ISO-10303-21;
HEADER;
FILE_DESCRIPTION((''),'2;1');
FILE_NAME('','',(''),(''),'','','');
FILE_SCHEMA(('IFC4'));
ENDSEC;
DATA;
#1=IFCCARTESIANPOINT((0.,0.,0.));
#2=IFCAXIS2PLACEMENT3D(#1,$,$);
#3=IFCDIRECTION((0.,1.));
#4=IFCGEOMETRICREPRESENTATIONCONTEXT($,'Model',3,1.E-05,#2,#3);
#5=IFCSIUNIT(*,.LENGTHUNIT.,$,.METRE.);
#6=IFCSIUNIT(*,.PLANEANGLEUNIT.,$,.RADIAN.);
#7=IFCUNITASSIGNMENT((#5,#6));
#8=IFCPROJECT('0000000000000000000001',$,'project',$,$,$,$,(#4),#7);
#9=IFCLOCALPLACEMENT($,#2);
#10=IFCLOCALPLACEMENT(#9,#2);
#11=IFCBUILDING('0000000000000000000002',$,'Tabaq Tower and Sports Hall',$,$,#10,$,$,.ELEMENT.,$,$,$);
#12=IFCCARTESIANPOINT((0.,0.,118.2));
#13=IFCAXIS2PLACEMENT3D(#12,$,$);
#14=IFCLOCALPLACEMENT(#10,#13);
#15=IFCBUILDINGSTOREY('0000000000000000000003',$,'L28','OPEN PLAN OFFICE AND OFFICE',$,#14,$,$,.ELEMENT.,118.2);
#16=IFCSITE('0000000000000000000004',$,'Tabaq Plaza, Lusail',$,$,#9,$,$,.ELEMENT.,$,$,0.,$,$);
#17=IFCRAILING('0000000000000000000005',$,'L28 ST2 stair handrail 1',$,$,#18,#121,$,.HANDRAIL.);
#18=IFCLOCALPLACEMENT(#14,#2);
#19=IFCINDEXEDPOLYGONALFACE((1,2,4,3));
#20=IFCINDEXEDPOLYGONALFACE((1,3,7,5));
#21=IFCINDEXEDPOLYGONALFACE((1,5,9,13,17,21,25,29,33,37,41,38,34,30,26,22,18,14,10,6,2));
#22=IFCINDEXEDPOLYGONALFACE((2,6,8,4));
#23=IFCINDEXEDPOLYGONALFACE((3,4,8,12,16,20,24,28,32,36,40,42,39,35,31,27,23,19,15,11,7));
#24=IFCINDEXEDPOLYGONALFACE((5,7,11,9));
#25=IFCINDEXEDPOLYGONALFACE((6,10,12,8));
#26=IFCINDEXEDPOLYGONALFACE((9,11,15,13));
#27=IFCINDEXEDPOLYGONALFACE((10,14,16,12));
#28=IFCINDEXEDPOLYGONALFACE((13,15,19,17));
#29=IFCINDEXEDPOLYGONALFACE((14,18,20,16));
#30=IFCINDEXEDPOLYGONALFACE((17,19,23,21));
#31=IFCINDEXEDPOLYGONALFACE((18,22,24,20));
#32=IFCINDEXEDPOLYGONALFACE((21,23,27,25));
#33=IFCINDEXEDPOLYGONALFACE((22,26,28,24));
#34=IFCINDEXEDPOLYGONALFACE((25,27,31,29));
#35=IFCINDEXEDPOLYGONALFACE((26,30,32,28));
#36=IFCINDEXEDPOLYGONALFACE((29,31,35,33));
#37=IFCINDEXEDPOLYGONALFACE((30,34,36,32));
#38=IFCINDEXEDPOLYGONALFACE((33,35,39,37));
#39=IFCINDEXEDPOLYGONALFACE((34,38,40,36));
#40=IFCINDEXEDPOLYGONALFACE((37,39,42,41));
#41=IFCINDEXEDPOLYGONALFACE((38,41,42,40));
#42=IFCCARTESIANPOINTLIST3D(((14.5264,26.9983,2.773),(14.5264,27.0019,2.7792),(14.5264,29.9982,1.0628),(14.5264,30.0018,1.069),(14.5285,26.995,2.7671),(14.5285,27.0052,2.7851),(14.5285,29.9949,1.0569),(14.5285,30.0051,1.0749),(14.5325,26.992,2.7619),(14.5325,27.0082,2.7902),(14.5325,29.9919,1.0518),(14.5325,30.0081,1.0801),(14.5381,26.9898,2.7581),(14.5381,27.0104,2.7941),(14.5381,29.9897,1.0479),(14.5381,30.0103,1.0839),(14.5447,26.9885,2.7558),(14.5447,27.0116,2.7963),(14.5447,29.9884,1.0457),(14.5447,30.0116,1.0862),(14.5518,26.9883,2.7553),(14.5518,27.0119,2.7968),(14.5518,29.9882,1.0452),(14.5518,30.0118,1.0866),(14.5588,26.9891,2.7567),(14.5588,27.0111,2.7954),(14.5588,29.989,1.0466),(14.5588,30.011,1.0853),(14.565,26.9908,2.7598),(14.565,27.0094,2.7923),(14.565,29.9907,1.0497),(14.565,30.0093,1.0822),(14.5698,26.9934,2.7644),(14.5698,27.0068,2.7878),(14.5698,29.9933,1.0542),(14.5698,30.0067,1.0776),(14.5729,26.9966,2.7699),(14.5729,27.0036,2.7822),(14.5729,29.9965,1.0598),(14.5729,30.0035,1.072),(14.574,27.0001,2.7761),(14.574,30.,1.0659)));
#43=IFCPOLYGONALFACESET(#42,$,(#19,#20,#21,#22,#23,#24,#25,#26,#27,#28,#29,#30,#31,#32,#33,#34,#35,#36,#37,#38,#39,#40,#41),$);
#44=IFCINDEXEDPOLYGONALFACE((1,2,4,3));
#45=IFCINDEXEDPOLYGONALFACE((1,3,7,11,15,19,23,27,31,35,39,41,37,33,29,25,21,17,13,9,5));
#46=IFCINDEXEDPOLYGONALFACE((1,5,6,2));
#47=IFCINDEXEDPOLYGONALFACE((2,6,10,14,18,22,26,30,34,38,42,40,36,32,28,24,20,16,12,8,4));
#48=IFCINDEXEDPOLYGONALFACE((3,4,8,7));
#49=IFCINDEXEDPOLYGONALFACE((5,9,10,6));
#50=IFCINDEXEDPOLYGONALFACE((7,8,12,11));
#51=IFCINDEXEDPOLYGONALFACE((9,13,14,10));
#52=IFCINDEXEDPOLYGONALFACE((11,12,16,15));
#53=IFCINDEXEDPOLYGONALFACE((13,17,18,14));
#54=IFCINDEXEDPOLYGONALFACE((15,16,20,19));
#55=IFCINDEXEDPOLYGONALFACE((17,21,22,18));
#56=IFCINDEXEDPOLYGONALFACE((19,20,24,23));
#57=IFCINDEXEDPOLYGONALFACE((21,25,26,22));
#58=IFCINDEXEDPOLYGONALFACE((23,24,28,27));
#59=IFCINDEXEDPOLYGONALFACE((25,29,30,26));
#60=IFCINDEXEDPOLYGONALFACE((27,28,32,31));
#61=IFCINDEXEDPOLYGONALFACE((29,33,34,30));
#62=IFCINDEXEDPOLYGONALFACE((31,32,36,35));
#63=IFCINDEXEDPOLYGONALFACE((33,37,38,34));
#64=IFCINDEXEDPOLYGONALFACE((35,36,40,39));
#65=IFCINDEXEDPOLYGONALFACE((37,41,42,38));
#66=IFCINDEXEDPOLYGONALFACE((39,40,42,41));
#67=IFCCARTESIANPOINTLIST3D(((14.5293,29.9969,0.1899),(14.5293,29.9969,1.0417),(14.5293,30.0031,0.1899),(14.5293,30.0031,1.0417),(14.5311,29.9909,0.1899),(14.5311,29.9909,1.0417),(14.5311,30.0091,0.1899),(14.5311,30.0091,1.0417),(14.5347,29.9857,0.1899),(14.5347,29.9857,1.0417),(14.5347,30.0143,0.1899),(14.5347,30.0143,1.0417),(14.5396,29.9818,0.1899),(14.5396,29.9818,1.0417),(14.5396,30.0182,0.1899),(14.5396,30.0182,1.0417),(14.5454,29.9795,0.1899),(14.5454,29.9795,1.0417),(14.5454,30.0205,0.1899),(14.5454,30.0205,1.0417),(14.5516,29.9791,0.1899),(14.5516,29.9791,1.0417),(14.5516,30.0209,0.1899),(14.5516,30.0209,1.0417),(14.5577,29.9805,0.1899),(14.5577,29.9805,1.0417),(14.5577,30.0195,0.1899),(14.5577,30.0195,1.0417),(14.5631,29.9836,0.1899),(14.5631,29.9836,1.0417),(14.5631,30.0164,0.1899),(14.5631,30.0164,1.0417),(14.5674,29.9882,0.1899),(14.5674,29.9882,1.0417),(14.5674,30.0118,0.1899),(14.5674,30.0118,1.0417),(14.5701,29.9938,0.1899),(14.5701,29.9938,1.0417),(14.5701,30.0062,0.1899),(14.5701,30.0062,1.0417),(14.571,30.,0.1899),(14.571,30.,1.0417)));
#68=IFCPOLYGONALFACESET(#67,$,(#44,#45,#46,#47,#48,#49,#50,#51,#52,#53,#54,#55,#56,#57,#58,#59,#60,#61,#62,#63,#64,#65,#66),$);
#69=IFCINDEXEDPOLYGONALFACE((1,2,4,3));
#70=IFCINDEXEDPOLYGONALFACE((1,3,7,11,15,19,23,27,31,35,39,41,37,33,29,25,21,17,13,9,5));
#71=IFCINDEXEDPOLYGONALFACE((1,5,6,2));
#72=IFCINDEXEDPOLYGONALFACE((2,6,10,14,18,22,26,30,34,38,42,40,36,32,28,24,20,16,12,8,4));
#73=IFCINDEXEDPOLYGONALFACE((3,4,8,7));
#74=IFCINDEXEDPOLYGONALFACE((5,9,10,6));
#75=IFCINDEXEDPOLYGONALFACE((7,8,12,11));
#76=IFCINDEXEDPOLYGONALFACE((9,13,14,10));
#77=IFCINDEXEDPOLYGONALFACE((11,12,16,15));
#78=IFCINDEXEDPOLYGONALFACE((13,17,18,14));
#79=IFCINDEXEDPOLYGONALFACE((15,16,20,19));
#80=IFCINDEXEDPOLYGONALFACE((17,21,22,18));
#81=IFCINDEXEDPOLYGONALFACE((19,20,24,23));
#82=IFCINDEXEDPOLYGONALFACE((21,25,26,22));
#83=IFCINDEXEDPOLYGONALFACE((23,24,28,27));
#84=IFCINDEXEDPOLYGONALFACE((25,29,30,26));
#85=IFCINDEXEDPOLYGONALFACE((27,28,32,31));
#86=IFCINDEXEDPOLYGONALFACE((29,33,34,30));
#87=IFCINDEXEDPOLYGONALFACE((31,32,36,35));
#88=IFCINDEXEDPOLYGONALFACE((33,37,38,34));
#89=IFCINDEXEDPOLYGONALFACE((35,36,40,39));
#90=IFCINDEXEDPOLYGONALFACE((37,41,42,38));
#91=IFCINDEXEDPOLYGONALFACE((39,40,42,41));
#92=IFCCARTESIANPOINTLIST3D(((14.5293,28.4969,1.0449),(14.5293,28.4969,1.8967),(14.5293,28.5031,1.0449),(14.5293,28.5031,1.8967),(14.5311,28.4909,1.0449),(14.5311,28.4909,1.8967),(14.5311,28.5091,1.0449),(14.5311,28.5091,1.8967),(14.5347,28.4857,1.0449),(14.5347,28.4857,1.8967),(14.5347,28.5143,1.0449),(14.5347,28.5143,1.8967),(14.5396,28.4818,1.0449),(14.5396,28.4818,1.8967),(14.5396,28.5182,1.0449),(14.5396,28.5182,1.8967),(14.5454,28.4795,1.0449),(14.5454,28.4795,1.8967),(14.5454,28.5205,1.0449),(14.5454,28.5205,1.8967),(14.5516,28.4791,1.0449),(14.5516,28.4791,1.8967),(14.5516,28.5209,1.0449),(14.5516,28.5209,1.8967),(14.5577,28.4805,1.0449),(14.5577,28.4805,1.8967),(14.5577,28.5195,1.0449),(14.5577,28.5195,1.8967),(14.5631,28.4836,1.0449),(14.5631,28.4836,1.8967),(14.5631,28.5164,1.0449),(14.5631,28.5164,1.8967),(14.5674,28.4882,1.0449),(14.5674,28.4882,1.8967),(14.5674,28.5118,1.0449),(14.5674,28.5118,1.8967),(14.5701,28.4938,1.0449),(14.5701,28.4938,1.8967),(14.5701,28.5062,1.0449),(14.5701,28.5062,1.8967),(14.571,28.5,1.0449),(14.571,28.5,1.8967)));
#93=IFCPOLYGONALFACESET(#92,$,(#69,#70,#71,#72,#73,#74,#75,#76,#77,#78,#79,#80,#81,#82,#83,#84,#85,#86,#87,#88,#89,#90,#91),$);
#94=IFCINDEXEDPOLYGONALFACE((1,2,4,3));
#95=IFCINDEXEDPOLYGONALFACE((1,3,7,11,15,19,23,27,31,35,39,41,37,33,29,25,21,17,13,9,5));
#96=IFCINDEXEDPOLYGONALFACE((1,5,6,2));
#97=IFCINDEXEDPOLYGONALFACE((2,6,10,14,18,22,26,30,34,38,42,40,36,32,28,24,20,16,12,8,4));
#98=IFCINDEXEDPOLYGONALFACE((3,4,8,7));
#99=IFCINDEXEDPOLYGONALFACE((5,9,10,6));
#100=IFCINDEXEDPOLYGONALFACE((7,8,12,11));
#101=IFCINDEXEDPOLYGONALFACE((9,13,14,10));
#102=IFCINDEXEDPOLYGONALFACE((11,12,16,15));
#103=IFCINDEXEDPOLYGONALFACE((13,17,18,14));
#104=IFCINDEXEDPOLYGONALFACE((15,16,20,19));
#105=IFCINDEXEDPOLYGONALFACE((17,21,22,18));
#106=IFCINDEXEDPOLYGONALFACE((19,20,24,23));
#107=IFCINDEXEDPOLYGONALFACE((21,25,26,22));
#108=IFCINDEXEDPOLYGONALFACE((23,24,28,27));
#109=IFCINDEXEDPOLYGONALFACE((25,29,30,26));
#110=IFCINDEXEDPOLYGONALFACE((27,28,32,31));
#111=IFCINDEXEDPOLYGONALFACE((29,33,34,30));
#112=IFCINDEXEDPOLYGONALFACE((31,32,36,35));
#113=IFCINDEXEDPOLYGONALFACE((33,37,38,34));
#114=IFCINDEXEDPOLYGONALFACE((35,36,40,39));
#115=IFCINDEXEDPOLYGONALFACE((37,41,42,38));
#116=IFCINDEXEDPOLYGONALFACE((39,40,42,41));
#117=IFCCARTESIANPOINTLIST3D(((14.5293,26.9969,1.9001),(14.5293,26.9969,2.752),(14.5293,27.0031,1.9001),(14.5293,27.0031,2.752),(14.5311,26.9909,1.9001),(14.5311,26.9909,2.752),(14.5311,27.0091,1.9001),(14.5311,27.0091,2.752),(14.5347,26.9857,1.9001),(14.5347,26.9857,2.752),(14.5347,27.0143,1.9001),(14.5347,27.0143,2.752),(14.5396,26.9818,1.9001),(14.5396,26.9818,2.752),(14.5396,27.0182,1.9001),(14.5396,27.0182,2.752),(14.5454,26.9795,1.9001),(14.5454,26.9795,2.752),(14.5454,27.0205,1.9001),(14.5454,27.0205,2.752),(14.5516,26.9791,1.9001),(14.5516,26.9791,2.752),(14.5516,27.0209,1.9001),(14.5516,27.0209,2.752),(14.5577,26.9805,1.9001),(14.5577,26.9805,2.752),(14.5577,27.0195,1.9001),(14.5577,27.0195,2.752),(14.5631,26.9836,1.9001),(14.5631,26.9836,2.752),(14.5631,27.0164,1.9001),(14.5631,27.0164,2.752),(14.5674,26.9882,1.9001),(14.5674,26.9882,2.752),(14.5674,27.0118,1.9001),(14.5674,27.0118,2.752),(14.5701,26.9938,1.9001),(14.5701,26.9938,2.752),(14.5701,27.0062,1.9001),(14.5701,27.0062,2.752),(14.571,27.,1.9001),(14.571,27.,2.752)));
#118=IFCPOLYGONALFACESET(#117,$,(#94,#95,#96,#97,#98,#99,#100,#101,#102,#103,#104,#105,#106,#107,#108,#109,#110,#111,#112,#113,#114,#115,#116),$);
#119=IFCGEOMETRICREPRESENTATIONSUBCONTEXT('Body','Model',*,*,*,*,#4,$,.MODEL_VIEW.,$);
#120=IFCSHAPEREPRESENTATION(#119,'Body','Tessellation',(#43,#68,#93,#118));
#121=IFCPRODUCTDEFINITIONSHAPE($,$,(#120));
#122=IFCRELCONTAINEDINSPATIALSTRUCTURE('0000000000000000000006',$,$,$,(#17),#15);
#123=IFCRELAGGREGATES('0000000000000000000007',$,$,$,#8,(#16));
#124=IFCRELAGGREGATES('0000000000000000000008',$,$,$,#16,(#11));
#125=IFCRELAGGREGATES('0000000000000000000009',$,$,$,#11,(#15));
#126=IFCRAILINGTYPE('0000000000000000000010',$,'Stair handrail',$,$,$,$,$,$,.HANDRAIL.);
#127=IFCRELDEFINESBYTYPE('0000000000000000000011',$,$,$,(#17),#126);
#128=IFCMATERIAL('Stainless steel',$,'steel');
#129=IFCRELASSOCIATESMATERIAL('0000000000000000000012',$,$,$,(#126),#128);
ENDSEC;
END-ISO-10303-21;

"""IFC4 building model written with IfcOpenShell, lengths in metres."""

from ifc_helpers import new_model, si_unit, direction, frame, origin, origin_2d, place, context, subcontext, project, spatial, circle, extrude, material, type_object, element, save


model = new_model("IFC4")

# Units and contexts
model_context = context("Model", 3, precision=1e-05, world=origin(), true_north=direction((0.0, 1.0)))
body_context = subcontext(model_context, "Body", "Model", "MODEL_VIEW")
ifc_project = project(units=[si_unit("LENGTHUNIT", "METRE"), si_unit("PLANEANGLEUNIT", "RADIAN")], contexts=[model_context])

# Site, building, storey
site_placement = place(None, origin())
site = spatial("IfcSite", under=ifc_project, at=site_placement, Name="Tabaq Plaza, Lusail", CompositionType="ELEMENT", RefElevation=0.0)
building_placement = place(site_placement, origin())
building = spatial("IfcBuilding", under=site, at=building_placement, Name="Tabaq Tower and Sports Hall", CompositionType="ELEMENT")
storey_placement = place(building_placement, frame((0.0, 0.0, 118.2)))
storey = spatial("IfcBuildingStorey", under=building, at=storey_placement, Name="L28", Description="OPEN PLAN OFFICE AND OFFICE", CompositionType="ELEMENT", Elevation=118.2)

# Railing
ifc_material_1 = material(Name="Stainless steel", Category="steel")
railing_type_1 = type_object("IfcRailingType", Name="Stair handrail", PredefinedType="HANDRAIL", material=ifc_material_1)
railing_1_placement = place(storey_placement, frame((14.55, 30.0, 0.1899)))
element("IfcRailing", 1, at=railing_1_placement, inside=storey, type_object=railing_type_1, Name="L28 ST2 stair handrail 1", PredefinedType="HANDRAIL", context=body_context, shape_type="SweptSolid", body=[
    extrude(circle(Radius=0.0239, at=origin_2d()), frame((0.0, 0.0, 0.876), z_axis=(0.0, -0.868752, 0.495248), x_axis=(1.0, 0.0, 0.0)), (0.0, 0.0, 1.0), 3.4531),
    extrude(circle(Radius=0.021, at=origin_2d()), origin(), (0.0, 0.0, 1.0), 0.8518),
    extrude(circle(Radius=0.021, at=origin_2d()), frame((0.0, -1.5, 0.855)), (0.0, 0.0, 1.0), 0.8518),
    extrude(circle(Radius=0.021, at=origin_2d()), frame((0.0, -3.0, 1.7102)), (0.0, 0.0, 1.0), 0.8518),
])

save(model, "model.ifc")
